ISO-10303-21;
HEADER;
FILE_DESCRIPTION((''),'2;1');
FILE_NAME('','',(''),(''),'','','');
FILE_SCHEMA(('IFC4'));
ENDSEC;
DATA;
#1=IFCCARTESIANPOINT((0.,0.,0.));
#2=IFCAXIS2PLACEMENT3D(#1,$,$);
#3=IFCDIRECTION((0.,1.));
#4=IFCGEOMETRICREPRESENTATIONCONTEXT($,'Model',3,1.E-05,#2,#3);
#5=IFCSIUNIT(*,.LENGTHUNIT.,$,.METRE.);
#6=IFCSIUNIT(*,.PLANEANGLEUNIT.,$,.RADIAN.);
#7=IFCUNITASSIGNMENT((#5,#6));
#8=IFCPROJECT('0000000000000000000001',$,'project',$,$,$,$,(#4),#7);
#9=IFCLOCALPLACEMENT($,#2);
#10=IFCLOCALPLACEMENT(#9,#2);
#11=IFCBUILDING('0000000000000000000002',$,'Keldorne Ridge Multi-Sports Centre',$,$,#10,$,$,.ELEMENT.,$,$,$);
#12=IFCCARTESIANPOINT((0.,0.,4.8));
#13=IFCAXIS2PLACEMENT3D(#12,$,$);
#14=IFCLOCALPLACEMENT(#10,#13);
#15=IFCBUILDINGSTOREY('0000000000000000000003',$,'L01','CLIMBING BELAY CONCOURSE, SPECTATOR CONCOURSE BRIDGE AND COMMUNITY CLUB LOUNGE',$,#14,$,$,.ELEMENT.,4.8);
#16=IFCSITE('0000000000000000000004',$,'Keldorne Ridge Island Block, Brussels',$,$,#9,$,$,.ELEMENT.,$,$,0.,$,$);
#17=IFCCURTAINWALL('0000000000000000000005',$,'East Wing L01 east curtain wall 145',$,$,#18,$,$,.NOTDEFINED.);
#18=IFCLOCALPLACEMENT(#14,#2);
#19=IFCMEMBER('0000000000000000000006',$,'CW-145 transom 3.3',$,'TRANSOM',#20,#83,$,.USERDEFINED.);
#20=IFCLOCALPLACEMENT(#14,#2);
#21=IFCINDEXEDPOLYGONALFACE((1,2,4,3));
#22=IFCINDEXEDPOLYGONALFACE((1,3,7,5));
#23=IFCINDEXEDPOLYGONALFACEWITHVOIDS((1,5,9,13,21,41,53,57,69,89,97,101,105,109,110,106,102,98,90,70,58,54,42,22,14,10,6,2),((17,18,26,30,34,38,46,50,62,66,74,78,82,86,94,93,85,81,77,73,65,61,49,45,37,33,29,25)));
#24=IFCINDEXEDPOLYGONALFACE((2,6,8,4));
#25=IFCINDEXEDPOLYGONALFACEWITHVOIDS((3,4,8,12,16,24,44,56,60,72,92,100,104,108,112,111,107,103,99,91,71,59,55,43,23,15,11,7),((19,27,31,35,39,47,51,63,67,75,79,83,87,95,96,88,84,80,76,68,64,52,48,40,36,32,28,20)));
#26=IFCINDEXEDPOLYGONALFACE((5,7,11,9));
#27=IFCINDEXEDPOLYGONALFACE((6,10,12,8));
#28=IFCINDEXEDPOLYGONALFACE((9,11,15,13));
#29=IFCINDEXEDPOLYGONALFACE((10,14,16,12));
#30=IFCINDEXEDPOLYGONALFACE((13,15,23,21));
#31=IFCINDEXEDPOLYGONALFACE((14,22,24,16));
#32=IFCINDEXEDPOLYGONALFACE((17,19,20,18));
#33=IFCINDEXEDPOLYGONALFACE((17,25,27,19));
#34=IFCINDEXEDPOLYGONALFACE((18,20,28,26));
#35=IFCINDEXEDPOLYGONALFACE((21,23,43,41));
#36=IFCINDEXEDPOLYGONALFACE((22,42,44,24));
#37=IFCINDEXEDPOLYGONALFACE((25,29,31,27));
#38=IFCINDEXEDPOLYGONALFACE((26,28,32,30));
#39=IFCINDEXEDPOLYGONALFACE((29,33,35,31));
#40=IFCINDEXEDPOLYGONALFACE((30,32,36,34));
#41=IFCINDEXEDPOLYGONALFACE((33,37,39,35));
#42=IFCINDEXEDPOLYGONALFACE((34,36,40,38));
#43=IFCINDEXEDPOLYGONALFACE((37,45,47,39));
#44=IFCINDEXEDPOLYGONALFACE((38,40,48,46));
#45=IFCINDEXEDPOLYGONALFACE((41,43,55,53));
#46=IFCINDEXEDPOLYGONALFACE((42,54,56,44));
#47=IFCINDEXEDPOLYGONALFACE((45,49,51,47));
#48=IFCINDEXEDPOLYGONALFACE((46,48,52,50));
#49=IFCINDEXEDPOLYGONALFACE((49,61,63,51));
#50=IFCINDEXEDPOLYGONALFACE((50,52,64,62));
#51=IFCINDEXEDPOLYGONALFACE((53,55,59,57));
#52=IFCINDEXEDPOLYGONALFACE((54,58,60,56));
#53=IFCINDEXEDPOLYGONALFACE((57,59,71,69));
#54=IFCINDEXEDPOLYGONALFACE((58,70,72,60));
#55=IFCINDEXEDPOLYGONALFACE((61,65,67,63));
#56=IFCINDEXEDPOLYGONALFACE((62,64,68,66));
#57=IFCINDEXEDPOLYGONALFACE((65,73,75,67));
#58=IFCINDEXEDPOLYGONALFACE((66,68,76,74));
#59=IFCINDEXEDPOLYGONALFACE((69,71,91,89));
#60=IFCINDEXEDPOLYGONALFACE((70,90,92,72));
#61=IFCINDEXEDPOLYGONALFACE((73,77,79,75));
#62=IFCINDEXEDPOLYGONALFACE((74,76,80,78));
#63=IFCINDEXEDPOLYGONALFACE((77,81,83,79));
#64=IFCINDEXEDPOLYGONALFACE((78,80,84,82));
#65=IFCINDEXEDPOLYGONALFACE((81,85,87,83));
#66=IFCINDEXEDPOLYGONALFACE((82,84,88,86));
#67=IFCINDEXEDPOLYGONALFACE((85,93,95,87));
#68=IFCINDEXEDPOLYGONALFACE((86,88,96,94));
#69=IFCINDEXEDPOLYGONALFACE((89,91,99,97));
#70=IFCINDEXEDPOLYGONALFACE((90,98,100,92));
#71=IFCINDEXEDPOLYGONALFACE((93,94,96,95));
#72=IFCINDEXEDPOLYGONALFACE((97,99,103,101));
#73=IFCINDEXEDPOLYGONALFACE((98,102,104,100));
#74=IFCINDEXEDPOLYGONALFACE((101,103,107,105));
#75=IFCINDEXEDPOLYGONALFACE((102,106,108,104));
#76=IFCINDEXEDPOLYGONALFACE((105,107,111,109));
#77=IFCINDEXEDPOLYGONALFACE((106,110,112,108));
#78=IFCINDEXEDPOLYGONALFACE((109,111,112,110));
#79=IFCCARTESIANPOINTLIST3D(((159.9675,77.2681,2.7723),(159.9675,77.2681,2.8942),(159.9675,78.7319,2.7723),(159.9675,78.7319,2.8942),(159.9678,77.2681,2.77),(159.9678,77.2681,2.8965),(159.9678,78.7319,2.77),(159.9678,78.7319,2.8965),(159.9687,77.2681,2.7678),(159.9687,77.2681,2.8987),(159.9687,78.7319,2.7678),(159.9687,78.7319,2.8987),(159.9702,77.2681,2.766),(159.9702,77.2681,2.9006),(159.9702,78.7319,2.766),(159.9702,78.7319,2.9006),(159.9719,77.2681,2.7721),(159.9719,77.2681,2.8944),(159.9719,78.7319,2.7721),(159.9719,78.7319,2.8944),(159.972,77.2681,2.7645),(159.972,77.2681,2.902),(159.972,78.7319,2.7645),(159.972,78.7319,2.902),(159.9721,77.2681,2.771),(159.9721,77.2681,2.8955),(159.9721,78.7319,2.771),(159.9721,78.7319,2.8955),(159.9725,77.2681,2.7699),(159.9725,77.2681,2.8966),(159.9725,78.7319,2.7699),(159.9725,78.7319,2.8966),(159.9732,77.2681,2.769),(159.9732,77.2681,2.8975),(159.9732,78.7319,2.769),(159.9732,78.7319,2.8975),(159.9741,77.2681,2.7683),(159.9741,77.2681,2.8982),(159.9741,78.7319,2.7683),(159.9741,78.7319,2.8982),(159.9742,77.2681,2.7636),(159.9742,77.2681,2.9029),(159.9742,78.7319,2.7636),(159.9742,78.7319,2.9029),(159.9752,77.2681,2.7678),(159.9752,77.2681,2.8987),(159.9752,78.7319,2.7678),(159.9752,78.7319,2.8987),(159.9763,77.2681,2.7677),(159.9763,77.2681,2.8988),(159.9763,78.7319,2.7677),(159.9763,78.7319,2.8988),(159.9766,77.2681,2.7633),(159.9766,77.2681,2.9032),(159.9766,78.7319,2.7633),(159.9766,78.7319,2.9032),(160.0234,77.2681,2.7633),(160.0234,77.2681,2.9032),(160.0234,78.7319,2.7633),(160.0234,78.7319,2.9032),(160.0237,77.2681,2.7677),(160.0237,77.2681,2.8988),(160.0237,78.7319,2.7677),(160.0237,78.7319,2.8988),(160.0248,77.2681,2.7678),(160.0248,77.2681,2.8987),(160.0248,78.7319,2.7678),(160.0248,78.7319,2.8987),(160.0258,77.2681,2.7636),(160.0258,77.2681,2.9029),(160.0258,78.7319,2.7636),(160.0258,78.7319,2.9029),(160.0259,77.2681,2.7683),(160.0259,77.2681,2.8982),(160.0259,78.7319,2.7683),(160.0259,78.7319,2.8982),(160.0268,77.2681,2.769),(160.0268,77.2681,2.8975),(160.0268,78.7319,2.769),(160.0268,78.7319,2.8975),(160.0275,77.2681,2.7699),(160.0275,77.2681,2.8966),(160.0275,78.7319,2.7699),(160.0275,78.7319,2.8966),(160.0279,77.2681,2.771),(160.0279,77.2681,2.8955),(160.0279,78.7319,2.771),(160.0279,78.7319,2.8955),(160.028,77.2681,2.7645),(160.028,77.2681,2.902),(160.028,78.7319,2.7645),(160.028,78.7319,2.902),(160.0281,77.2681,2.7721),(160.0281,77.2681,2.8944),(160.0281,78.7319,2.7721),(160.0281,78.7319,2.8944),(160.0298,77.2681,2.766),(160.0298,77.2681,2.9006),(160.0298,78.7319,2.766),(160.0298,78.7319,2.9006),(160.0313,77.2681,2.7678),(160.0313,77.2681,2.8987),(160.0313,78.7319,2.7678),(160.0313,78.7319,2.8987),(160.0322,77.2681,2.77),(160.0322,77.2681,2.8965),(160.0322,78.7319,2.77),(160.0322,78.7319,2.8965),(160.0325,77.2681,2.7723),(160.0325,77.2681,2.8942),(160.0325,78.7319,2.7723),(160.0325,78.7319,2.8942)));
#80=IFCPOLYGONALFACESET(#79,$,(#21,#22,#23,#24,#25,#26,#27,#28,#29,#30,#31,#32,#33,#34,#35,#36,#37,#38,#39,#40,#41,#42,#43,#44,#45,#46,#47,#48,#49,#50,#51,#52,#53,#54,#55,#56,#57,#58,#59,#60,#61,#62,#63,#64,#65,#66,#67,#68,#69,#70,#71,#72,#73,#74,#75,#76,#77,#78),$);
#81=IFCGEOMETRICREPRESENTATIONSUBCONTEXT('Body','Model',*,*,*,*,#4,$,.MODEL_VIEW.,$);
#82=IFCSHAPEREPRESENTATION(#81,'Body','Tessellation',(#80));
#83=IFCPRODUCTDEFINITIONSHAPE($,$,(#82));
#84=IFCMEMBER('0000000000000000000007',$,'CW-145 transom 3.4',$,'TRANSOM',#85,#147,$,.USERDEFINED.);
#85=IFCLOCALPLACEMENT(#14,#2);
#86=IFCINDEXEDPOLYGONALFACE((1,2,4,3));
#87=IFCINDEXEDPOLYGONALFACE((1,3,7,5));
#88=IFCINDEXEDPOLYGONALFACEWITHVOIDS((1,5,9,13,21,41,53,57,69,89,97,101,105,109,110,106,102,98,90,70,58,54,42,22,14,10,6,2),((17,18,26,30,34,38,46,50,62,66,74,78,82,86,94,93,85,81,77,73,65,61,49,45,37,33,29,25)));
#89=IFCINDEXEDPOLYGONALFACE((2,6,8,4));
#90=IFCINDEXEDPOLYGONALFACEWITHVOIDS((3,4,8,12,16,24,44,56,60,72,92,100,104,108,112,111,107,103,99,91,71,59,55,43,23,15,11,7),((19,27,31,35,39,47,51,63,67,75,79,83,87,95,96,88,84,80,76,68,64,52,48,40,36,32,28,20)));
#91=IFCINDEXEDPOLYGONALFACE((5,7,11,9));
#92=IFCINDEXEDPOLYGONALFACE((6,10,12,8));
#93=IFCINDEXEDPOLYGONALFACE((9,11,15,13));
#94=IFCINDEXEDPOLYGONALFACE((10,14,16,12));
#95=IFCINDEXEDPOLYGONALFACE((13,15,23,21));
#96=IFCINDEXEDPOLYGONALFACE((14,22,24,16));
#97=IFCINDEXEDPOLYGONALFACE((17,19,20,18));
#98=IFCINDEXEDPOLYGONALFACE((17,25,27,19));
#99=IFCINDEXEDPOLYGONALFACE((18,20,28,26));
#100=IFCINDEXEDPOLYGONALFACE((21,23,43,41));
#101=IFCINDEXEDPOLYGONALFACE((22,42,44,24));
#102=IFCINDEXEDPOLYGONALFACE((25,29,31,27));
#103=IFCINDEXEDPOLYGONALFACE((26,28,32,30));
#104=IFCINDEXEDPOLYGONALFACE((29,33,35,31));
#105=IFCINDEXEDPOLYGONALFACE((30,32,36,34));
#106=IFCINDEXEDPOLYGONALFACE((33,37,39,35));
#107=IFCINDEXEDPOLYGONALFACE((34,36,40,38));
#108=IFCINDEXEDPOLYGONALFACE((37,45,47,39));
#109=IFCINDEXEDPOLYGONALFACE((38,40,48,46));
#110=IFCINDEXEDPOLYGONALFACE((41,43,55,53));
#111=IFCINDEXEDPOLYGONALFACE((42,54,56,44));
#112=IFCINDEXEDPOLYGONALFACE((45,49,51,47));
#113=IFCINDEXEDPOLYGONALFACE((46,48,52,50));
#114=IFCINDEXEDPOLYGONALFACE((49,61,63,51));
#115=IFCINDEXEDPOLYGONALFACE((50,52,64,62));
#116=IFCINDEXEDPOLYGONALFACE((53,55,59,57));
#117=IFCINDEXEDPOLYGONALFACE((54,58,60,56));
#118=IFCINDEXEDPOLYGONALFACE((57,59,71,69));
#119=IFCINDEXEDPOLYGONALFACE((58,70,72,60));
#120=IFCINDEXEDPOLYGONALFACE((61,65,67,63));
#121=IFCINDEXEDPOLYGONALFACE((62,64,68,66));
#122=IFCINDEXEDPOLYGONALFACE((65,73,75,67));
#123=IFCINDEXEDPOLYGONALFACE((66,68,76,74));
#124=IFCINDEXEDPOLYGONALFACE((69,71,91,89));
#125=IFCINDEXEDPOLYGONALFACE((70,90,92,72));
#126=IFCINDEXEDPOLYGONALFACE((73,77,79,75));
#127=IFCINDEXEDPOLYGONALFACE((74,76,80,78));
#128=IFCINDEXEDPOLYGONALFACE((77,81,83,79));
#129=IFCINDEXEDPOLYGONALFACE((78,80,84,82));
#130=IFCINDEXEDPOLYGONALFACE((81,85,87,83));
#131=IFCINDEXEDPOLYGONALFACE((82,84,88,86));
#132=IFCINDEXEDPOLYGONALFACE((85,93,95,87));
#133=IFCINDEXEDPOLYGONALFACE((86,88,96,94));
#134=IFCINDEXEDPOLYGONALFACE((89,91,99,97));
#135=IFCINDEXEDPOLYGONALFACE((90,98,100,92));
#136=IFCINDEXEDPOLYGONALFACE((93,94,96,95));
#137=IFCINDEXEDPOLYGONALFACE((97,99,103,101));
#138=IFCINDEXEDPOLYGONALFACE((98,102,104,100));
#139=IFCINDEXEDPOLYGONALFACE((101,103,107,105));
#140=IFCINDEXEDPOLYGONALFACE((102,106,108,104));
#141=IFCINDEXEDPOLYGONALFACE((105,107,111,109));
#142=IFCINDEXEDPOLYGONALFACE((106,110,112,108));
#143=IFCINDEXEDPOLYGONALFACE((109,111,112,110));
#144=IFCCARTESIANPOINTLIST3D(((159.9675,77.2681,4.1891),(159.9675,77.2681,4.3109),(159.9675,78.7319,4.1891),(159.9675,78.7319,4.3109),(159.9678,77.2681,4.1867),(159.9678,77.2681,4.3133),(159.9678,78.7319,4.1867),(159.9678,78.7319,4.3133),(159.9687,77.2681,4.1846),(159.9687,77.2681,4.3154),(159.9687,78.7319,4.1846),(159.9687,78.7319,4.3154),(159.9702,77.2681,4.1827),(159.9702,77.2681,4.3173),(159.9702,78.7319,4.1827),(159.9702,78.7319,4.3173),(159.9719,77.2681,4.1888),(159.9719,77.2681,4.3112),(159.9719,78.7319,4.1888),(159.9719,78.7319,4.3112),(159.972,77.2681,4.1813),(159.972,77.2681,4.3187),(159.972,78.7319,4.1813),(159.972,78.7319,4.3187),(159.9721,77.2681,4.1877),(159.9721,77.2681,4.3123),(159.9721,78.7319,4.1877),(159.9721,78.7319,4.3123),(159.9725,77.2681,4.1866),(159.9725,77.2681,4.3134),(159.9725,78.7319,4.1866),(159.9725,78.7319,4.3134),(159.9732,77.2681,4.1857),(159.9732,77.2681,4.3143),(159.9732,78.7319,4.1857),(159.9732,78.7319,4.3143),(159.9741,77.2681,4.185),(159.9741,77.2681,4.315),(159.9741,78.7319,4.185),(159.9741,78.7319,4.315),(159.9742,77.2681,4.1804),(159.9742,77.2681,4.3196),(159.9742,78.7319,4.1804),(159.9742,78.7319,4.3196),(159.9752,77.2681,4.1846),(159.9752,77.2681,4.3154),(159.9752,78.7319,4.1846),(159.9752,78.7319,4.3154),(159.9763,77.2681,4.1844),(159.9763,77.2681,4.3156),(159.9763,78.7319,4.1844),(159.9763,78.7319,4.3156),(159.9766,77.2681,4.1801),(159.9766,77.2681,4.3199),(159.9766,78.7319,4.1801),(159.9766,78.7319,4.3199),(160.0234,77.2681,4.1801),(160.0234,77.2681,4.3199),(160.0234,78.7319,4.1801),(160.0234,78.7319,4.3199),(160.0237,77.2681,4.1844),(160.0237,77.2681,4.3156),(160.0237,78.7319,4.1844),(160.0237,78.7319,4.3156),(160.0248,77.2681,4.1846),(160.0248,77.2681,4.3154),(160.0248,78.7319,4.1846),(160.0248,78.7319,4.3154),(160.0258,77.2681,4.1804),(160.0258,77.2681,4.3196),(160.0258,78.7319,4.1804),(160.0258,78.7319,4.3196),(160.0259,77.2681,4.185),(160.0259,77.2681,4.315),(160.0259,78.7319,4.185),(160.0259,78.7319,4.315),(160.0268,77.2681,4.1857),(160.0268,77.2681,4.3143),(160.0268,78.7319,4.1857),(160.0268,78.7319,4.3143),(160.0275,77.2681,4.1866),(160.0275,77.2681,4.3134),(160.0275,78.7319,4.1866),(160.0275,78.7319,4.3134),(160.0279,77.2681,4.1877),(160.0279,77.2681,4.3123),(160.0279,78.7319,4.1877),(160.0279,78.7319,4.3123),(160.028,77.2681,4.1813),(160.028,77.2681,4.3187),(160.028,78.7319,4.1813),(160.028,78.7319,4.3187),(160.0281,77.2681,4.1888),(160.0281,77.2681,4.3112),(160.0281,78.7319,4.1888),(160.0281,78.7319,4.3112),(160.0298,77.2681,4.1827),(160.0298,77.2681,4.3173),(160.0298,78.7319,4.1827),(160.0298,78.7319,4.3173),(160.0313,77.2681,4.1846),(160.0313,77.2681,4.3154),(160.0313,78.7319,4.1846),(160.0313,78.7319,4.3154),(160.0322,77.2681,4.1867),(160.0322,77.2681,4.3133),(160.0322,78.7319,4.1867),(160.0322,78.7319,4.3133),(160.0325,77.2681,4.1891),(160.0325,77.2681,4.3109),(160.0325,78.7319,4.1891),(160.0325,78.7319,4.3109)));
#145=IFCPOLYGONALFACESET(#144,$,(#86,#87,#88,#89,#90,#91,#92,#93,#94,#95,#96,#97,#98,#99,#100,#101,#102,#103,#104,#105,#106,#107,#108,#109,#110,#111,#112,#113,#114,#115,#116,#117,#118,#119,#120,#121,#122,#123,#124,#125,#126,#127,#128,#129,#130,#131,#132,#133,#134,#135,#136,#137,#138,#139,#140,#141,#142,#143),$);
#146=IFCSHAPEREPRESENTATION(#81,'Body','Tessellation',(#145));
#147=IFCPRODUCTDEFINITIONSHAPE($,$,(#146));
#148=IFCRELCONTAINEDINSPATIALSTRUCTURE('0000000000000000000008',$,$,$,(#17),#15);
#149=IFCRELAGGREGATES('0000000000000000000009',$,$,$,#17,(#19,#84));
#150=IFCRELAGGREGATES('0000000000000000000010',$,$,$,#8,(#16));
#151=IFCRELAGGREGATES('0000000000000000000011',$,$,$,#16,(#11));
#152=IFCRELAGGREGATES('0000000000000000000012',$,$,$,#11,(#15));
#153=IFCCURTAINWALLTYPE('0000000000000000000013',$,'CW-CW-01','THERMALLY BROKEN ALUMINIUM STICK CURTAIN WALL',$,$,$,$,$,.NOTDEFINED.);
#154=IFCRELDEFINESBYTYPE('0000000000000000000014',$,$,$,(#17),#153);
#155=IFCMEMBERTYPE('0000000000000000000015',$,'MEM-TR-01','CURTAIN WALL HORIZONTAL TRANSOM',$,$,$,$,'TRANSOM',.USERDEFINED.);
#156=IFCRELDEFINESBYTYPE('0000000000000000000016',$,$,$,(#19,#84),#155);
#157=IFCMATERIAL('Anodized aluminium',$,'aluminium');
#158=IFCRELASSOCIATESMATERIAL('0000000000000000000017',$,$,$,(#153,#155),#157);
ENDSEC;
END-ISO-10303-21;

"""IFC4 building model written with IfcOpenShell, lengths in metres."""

from ifc_helpers import new_model, si_unit, direction, frame, origin, origin_2d, place, context, subcontext, project, spatial, hollow_rectangle, extrude, material, material_profile, profile_set, type_object, element, aggregate, save


model = new_model("IFC4")

# Units and contexts
model_context = context("Model", 3, precision=1e-05, world=origin(), true_north=direction((0.0, 1.0)))
body_context = subcontext(model_context, "Body", "Model", "MODEL_VIEW")
ifc_project = project(units=[si_unit("LENGTHUNIT", "METRE"), si_unit("PLANEANGLEUNIT", "RADIAN")], contexts=[model_context])

# Site, building, storey
site_placement = place(None, origin())
site = spatial("IfcSite", under=ifc_project, at=site_placement, Name="Keldorne Ridge Island Block, Brussels", CompositionType="ELEMENT", RefElevation=0.0)
building_placement = place(site_placement, origin())
building = spatial("IfcBuilding", under=site, at=building_placement, Name="Keldorne Ridge Multi-Sports Centre", CompositionType="ELEMENT")
storey_placement = place(building_placement, frame((0.0, 0.0, 4.8)))
storey = spatial("IfcBuildingStorey", under=building, at=storey_placement, Name="L01", Description="CLIMBING BELAY CONCOURSE, SPECTATOR CONCOURSE BRIDGE AND COMMUNITY CLUB LOUNGE", CompositionType="ELEMENT", Elevation=4.8)

# Curtain wall, members
ifc_material_1 = material(Name="Anodized aluminium", Category="aluminium")
curtain_wall_type = type_object("IfcCurtainWallType", Name="CW-CW-01", Description="THERMALLY BROKEN ALUMINIUM STICK CURTAIN WALL", PredefinedType="NOTDEFINED", material=ifc_material_1)
curtain_wall_placement = place(storey_placement, origin())
curtain_wall = element("IfcCurtainWall", 1, at=curtain_wall_placement, inside=storey, type_object=curtain_wall_type, Name="East Wing L01 east curtain wall 145", PredefinedType="NOTDEFINED")
ifc_material_profile_1 = material_profile(ifc_material_1, hollow_rectangle(XDim=0.0649, YDim=0.1399, WallThickness=0.0044, InnerFilletRadius=0.0044, OuterFilletRadius=0.009, at=origin_2d()), Name="ALU TRANSOM 140x65x4.5")
ifc_profile_set_1 = profile_set([ifc_material_profile_1], Name="Anodized aluminium")
member_type_1 = type_object("IfcMemberType", Name="MEM-TR-01", Description="CURTAIN WALL HORIZONTAL TRANSOM", ElementType="TRANSOM", PredefinedType="USERDEFINED", material=ifc_profile_set_1)
member_1_placement = place(storey_placement, frame((160.0, 77.2681, 2.8333), z_axis=(0.0, 1.0, 0.0), x_axis=(-1.0, 0.0, 0.0)))
member_1 = element("IfcMember", 2, at=member_1_placement, type_object=member_type_1, Name="CW-145 transom 3.3", ObjectType="TRANSOM", PredefinedType="USERDEFINED", context=body_context, shape_type="SweptSolid", body=[
    extrude(hollow_rectangle(XDim=0.0649, YDim=0.1399, WallThickness=0.0044, InnerFilletRadius=0.0044, OuterFilletRadius=0.009, at=origin_2d()), origin(), (0.0, 0.0, 1.0), 1.4639),
])
member_2_placement = place(storey_placement, frame((160.0, 77.2681, 4.25), z_axis=(0.0, 1.0, 0.0), x_axis=(-1.0, 0.0, 0.0)))
member_2 = element("IfcMember", 3, at=member_2_placement, type_object=member_type_1, Name="CW-145 transom 3.4", ObjectType="TRANSOM", PredefinedType="USERDEFINED", context=body_context, shape_type="SweptSolid", body=[
    extrude(hollow_rectangle(XDim=0.0649, YDim=0.1399, WallThickness=0.0044, InnerFilletRadius=0.0044, OuterFilletRadius=0.009, at=origin_2d()), origin(), (0.0, 0.0, 1.0), 1.4639),
])
aggregate(curtain_wall, [member_1, member_2])

save(model, "model.ifc")
